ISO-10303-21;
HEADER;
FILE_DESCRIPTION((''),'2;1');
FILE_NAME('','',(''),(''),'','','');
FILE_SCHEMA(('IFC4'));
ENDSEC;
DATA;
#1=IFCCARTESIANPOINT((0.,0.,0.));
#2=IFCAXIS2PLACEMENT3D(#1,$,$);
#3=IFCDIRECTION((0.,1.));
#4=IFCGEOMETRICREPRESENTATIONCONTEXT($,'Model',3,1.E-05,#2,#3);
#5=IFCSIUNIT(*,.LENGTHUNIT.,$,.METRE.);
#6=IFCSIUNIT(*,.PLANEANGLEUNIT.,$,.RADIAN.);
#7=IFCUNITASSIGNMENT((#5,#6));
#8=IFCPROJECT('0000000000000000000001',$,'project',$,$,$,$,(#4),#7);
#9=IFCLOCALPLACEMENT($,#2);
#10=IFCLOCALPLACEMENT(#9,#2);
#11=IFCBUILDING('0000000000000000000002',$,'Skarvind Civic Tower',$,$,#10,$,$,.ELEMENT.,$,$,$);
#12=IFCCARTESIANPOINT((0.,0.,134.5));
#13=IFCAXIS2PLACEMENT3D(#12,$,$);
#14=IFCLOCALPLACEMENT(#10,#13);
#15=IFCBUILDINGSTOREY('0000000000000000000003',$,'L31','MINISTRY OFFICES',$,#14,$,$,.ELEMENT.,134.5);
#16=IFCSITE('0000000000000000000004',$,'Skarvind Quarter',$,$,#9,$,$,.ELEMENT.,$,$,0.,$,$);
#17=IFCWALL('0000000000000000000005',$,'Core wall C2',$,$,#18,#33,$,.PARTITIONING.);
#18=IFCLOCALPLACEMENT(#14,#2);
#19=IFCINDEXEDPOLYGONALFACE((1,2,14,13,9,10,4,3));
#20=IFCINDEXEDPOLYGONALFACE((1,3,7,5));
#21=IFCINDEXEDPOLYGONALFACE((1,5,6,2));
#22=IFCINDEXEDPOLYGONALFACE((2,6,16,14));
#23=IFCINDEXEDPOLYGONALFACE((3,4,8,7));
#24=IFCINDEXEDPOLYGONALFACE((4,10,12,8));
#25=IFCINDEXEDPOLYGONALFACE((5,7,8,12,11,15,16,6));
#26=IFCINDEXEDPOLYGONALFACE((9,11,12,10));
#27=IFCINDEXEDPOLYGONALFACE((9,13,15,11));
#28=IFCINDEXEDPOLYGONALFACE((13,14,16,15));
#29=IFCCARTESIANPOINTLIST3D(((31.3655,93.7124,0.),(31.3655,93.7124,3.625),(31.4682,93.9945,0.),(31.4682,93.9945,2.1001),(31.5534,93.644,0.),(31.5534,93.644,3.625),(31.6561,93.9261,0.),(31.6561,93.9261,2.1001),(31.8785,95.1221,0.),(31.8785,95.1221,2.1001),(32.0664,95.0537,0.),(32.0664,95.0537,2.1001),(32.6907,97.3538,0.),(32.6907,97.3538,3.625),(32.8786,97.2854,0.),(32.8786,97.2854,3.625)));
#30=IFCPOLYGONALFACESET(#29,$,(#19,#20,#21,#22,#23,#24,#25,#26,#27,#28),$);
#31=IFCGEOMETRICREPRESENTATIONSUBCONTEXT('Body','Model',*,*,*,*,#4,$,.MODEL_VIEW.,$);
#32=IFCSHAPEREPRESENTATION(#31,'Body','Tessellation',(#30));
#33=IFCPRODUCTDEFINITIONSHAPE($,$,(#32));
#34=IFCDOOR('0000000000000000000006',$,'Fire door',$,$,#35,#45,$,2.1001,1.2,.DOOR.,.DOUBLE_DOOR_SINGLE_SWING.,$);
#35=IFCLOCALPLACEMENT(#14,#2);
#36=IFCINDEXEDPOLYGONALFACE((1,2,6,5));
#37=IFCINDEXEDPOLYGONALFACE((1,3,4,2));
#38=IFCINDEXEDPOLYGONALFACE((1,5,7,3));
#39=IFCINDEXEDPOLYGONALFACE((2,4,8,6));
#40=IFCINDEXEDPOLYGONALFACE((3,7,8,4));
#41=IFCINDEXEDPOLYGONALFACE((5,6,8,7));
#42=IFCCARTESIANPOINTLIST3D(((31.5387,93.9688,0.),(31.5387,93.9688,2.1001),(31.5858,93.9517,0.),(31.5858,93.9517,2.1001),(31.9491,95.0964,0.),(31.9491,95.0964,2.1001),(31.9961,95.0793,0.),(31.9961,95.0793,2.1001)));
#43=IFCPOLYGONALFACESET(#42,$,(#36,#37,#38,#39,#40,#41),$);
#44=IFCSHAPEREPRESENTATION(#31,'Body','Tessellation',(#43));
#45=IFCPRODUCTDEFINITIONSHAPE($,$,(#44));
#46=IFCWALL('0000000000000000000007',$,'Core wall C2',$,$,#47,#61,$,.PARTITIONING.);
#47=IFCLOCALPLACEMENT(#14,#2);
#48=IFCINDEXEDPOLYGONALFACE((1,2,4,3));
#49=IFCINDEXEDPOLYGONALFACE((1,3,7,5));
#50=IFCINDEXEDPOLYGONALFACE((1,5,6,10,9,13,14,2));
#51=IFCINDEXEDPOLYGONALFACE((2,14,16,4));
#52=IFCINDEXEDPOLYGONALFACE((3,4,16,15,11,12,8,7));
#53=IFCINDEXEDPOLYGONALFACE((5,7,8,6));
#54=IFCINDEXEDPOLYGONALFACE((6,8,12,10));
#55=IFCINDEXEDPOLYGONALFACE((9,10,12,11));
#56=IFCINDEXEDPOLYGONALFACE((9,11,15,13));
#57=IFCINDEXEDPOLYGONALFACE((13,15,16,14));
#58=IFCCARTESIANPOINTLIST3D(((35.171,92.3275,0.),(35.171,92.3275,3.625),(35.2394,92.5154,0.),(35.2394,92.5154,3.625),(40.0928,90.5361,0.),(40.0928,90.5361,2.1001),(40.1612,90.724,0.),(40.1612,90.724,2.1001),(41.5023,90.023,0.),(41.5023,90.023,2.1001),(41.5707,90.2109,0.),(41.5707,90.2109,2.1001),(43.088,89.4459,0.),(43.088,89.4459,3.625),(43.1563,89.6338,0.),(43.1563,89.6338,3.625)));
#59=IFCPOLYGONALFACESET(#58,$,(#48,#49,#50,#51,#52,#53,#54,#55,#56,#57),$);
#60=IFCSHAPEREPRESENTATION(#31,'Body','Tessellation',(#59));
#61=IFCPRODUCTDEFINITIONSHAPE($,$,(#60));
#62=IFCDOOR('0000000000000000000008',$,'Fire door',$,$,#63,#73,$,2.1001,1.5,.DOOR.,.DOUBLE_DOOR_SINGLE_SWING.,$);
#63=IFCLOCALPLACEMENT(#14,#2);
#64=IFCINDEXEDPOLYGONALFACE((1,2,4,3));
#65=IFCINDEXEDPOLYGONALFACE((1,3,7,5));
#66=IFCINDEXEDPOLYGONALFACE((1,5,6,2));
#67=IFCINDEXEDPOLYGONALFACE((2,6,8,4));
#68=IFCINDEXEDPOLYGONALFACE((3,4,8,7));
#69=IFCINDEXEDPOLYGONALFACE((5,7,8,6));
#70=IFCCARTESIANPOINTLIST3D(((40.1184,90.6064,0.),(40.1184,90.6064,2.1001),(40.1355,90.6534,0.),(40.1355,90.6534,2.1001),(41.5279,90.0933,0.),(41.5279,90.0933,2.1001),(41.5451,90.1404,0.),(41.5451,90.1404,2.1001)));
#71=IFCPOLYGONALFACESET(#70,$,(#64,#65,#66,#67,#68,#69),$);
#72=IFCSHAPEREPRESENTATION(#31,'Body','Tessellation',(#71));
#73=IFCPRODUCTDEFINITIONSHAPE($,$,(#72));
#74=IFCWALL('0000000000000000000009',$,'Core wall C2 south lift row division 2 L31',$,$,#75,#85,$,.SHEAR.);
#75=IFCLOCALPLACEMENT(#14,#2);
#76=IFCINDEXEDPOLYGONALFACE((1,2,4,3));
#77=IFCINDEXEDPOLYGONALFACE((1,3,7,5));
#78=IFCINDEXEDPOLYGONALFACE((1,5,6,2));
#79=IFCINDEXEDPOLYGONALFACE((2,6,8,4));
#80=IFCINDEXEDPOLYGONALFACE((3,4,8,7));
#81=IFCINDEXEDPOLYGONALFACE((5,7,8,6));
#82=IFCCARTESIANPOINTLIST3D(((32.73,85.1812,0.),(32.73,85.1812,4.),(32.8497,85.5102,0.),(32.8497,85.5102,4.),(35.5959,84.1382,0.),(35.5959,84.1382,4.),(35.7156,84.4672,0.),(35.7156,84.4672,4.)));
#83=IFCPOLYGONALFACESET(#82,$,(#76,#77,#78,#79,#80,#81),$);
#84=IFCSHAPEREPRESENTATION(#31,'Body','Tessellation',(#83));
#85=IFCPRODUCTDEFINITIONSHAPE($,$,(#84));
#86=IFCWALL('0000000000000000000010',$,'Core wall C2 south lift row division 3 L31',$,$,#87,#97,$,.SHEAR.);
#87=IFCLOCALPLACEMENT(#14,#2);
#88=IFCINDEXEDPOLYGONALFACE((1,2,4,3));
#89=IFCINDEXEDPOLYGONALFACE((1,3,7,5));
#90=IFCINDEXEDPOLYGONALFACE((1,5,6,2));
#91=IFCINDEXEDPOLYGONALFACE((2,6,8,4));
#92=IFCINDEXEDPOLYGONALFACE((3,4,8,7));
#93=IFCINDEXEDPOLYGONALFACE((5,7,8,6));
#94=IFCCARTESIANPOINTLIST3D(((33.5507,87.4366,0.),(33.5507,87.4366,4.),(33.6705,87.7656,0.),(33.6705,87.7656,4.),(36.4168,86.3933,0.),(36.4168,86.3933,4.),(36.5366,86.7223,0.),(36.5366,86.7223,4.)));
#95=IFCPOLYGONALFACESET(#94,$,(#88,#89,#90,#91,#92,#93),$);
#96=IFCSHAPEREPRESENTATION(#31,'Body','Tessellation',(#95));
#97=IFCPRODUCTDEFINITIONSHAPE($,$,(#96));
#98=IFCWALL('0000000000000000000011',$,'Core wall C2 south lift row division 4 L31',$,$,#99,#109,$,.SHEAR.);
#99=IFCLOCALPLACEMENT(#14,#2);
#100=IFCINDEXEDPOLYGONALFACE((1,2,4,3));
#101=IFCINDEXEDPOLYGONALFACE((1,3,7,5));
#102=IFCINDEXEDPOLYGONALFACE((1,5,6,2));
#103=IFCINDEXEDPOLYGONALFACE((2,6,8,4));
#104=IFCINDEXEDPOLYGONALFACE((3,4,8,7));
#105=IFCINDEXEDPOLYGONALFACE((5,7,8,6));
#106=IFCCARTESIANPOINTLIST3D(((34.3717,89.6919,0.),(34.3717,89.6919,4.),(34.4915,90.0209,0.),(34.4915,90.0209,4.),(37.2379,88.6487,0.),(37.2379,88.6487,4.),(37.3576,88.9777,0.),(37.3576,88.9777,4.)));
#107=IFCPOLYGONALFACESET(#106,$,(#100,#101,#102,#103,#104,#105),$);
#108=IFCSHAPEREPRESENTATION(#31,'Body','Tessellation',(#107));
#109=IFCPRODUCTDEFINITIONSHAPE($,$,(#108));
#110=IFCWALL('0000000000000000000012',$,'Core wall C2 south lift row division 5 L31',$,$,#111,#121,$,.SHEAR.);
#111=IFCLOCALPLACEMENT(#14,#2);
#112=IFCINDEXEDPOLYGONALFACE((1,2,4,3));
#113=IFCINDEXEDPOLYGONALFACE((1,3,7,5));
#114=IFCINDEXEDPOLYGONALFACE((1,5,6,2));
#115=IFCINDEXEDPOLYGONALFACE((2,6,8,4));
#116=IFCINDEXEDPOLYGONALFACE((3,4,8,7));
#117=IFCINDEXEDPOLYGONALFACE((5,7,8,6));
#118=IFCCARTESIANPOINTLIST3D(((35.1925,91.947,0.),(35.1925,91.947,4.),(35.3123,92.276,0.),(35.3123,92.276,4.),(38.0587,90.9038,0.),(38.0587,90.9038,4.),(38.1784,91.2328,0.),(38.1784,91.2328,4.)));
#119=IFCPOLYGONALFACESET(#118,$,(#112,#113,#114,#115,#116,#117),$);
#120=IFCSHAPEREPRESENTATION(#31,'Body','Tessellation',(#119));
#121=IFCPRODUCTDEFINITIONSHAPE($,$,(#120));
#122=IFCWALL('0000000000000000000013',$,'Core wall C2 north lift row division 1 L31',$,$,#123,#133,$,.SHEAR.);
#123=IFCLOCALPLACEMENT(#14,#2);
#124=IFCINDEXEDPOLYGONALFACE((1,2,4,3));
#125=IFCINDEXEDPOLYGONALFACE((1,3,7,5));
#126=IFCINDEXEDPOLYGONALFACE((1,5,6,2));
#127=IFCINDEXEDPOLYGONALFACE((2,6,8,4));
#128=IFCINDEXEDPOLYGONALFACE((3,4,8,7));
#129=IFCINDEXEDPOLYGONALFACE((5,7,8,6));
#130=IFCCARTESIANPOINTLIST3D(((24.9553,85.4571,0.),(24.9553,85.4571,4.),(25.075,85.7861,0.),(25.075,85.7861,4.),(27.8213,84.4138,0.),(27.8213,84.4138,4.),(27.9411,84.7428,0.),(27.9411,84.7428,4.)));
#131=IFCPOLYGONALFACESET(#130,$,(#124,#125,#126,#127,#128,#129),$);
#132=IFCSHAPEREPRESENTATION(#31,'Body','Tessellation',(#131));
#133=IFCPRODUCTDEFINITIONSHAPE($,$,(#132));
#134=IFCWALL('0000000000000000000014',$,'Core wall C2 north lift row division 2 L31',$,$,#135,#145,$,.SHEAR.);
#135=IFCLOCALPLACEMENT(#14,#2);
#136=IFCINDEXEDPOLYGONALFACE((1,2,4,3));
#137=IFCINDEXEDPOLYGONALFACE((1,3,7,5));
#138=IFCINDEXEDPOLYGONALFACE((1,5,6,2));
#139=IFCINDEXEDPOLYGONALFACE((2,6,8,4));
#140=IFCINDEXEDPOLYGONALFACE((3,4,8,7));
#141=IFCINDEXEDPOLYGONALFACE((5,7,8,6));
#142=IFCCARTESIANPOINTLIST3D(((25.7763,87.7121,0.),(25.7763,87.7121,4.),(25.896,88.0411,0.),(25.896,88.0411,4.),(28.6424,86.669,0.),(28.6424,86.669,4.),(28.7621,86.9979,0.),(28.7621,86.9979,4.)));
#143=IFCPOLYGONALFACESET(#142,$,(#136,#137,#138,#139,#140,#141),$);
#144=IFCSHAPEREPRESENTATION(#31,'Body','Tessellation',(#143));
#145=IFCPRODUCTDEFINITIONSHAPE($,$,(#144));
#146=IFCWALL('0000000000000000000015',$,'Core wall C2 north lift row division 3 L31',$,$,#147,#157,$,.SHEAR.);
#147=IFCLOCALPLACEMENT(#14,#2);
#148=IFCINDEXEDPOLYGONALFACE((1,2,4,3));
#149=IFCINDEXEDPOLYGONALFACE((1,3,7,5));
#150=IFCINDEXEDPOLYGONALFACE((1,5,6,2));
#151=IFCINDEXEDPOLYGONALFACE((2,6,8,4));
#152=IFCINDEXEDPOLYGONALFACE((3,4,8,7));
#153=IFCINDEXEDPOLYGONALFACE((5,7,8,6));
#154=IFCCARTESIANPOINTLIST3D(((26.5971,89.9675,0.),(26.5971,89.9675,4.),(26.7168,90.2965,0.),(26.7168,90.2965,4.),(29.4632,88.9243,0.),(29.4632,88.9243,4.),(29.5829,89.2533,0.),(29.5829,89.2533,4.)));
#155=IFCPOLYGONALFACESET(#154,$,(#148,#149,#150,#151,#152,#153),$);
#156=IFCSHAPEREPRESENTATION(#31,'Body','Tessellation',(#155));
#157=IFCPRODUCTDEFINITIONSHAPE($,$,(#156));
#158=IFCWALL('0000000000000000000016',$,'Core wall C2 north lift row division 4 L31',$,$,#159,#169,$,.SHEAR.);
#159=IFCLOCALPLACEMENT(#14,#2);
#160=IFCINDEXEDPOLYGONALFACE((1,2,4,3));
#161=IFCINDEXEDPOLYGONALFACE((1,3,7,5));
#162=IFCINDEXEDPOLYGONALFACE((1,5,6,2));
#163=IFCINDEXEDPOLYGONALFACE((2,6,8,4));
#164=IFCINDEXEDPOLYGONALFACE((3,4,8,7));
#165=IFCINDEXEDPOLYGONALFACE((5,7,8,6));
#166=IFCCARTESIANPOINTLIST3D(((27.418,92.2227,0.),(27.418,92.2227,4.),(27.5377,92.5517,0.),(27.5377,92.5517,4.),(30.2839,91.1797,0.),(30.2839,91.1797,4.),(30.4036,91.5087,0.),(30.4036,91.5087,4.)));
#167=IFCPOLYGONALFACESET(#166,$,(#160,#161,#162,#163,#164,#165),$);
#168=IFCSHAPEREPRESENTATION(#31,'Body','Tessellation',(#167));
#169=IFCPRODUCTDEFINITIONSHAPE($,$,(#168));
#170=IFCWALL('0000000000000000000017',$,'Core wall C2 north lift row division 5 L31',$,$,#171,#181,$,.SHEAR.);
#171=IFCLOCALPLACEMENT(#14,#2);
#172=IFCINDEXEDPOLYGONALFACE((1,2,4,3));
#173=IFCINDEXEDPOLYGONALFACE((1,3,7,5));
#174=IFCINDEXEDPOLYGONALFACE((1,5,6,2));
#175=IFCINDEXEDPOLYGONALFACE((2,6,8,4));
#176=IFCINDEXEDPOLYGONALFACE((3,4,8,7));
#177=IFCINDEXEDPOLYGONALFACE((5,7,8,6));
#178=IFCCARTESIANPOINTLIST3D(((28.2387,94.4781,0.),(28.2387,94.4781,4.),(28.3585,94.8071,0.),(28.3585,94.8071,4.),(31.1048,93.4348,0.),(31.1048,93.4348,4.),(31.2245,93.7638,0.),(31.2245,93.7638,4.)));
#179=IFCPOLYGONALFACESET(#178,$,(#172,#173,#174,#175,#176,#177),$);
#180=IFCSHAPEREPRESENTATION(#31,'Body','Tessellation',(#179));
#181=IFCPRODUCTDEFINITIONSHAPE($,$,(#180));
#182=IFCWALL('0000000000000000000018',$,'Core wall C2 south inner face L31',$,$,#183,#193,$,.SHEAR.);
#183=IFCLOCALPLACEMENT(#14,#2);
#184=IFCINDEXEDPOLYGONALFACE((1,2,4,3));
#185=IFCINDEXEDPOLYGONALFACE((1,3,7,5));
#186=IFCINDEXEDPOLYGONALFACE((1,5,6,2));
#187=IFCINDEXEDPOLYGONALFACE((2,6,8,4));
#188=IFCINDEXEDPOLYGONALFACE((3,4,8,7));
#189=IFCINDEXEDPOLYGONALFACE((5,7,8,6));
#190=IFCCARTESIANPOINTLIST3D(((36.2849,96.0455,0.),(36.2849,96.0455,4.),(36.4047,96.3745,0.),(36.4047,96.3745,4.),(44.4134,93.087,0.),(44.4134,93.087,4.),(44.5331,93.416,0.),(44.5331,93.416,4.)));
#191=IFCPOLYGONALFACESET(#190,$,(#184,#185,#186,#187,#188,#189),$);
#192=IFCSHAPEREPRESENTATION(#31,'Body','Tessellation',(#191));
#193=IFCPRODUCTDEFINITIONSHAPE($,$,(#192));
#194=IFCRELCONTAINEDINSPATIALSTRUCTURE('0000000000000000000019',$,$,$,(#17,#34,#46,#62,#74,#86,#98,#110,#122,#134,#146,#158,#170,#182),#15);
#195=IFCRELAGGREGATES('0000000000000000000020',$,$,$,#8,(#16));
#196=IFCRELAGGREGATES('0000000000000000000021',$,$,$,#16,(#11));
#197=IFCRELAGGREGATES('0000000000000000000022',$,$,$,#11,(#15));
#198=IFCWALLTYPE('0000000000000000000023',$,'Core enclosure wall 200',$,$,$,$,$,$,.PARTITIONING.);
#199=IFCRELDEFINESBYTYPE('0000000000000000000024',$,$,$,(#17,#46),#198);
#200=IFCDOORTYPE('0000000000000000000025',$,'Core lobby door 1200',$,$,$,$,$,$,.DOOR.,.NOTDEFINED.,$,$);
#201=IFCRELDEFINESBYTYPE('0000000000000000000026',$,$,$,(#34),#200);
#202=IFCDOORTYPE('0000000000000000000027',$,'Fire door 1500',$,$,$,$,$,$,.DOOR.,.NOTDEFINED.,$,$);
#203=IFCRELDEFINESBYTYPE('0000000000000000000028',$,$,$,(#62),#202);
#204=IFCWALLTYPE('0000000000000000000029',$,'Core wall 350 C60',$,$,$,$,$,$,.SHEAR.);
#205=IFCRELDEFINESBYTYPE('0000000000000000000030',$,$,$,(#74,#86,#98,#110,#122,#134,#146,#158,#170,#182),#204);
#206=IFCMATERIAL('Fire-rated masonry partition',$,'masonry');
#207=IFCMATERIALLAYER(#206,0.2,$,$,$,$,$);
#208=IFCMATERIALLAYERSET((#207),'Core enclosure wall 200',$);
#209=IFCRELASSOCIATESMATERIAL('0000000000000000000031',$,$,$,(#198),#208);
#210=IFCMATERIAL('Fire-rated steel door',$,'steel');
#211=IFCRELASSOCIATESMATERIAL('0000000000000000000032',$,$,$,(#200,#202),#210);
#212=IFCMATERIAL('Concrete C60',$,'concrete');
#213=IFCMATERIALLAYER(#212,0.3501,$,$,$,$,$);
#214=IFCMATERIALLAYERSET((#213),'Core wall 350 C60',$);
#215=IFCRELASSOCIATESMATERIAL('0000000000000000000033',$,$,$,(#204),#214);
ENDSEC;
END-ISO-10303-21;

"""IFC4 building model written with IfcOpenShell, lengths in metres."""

from ifc_helpers import new_model, si_unit, direction, frame, frame_2d, origin, place, context, subcontext, project, spatial, rectangle, extrude, material, layer, layer_set, type_object, element, fill, save


model = new_model("IFC4")

# Units and contexts
model_context = context("Model", 3, precision=1e-05, world=origin(), true_north=direction((0.0, 1.0)))
body_context = subcontext(model_context, "Body", "Model", "MODEL_VIEW")
ifc_project = project(units=[si_unit("LENGTHUNIT", "METRE"), si_unit("PLANEANGLEUNIT", "RADIAN")], contexts=[model_context])

# Site, building, storey
site_placement = place(None, origin())
site = spatial("IfcSite", under=ifc_project, at=site_placement, Name="Skarvind Quarter", CompositionType="ELEMENT", RefElevation=0.0)
building_placement = place(site_placement, origin())
building = spatial("IfcBuilding", under=site, at=building_placement, Name="Skarvind Civic Tower", CompositionType="ELEMENT")
storey_placement = place(building_placement, frame((0.0, 0.0, 134.5)))
storey = spatial("IfcBuildingStorey", under=building, at=storey_placement, Name="L31", Description="MINISTRY OFFICES", CompositionType="ELEMENT", Elevation=134.5)

# Walls, openings, doors
ifc_material_1 = material(Name="Fire-rated masonry partition", Category="masonry")
ifc_layer_1 = layer(ifc_material_1, 0.2)
ifc_layer_set_1 = layer_set([ifc_layer_1], Name="Core enclosure wall 200")
wall_type_1 = type_object("IfcWallType", Name="Core enclosure wall 200", PredefinedType="PARTITIONING", material=ifc_layer_set_1)
wall_1_placement = place(storey_placement, frame((31.4595, 93.6782, 0.0), z_axis=(0.0, 0.0, 1.0), x_axis=(0.341986, 0.939705, 0.0)))
wall_1 = element("IfcWall", 1, at=wall_1_placement, inside=storey, type_object=wall_type_1, Name="Core wall C2", PredefinedType="PARTITIONING", context=body_context, shape_type="SweptSolid", body=[
    extrude(rectangle(XDim=3.875, YDim=0.2, at=frame_2d((1.9375, 0.0))), origin(), (0.0, 0.0, 1.0), 3.625),
])
opening_1_placement = place(wall_1_placement, frame((0.3, 0.0, 0.0)))
opening_1 = element("IfcOpeningElement", 2, at=opening_1_placement, cuts=wall_1, PredefinedType="OPENING", context=body_context, shape_type="SweptSolid", body=[
    extrude(rectangle(XDim=1.2, YDim=2.1001, at=frame_2d((0.6001, 1.05))), frame((0.0, 0.1099, 0.0), z_axis=(0.0, -1.0, 0.0), x_axis=(1.0, 0.0, 0.0)), (0.0, 0.0, 1.0), 0.22),
])
ifc_material_2 = material(Name="Fire-rated steel door", Category="steel")
door_type_1 = type_object("IfcDoorType", Name="Core lobby door 1200", OperationType="NOTDEFINED", PredefinedType="DOOR", material=ifc_material_2)
door_1_placement = place(opening_1_placement, origin())
door_1 = element("IfcDoor", 3, at=door_1_placement, inside=storey, type_object=door_type_1, Name="Fire door", OperationType="DOUBLE_DOOR_SINGLE_SWING", OverallHeight=2.1001, OverallWidth=1.2, PredefinedType="DOOR", context=body_context, shape_type="SweptSolid", body=[
    extrude(rectangle(XDim=1.2, YDim=2.1001, at=frame_2d((0.6001, 1.05))), frame((0.0, 0.0249, 0.0), z_axis=(0.0, -1.0, 0.0), x_axis=(1.0, 0.0, 0.0)), (0.0, 0.0, 1.0), 0.05),
])
fill(opening_1, door_1)
wall_2_placement = place(storey_placement, frame((35.2053, 92.4214, 0.0), z_axis=(0.0, 0.0, 1.0), x_axis=(0.939691, -0.342025, 0.0)))
wall_2 = element("IfcWall", 4, at=wall_2_placement, inside=storey, type_object=wall_type_1, Name="Core wall C2", PredefinedType="PARTITIONING", context=body_context, shape_type="SweptSolid", body=[
    extrude(rectangle(XDim=8.425, YDim=0.2, at=frame_2d((4.2124, 0.0))), origin(), (0.0, 0.0, 1.0), 3.625),
])
opening_2_placement = place(wall_2_placement, frame((5.2375, 0.0, 0.0)))
opening_2 = element("IfcOpeningElement", 5, at=opening_2_placement, cuts=wall_2, PredefinedType="OPENING", context=body_context, shape_type="SweptSolid", body=[
    extrude(rectangle(XDim=1.5, YDim=2.1001, at=frame_2d((0.75, 1.05))), frame((0.0, 0.1099, 0.0), z_axis=(0.0, -1.0, 0.0), x_axis=(1.0, 0.0, 0.0)), (0.0, 0.0, 1.0), 0.22),
])
door_type_2 = type_object("IfcDoorType", Name="Fire door 1500", OperationType="NOTDEFINED", PredefinedType="DOOR", material=ifc_material_2)
door_2_placement = place(opening_2_placement, origin())
door_2 = element("IfcDoor", 6, at=door_2_placement, inside=storey, type_object=door_type_2, Name="Fire door", OperationType="DOUBLE_DOOR_SINGLE_SWING", OverallHeight=2.1001, OverallWidth=1.5, PredefinedType="DOOR", context=body_context, shape_type="SweptSolid", body=[
    extrude(rectangle(XDim=1.5, YDim=2.1001, at=frame_2d((0.75, 1.05))), frame((0.0, 0.0249, 0.0), z_axis=(0.0, -1.0, 0.0), x_axis=(1.0, 0.0, 0.0)), (0.0, 0.0, 1.0), 0.05),
])
fill(opening_2, door_2)

# Walls
ifc_material_3 = material(Name="Concrete C60", Category="concrete")
ifc_layer_2 = layer(ifc_material_3, 0.3501)
ifc_layer_set_2 = layer_set([ifc_layer_2], Name="Core wall 350 C60")
wall_type_2 = type_object("IfcWallType", Name="Core wall 350 C60", PredefinedType="SHEAR", material=ifc_layer_set_2)
wall_3_placement = place(storey_placement, frame((35.6558, 84.3027, 0.0), z_axis=(0.0, 0.0, 1.0), x_axis=(-0.939709, 0.341974, 0.0)))
element("IfcWall", 7, at=wall_3_placement, inside=storey, type_object=wall_type_2, Name="Core wall C2 south lift row division 2 L31", PredefinedType="SHEAR", context=body_context, shape_type="SweptSolid", body=[
    extrude(rectangle(XDim=3.0498, YDim=0.3501, at=frame_2d((1.5249, 0.0))), origin(), (0.0, 0.0, 1.0), 4.0),
])
for number, where, z_axis, x_axis, name in (
    (8, (36.4766, 86.5579, 0.0), (0.0, 0.0, 1.0), (-0.939684, 0.342045, 0.0), "Core wall C2 south lift row division 3 L31"),
    (9, (37.2976, 88.8132, 0.0), (0.0, 0.0, 1.0), (-0.939693, 0.342019, 0.0), "Core wall C2 south lift row division 4 L31"),
    (10, (38.1184, 91.0684, 0.0), (0.0, 0.0, 1.0), (-0.939693, 0.342019, 0.0), "Core wall C2 south lift row division 5 L31"),
    (11, (27.8811, 84.5784, 0.0), (0.0, 0.0, 1.0), (-0.939684, 0.342045, 0.0), "Core wall C2 north lift row division 1 L31"),
    (12, (28.7021, 86.8335, 0.0), (0.0, 0.0, 1.0), (-0.939693, 0.342019, 0.0), "Core wall C2 north lift row division 2 L31"),
    (13, (29.5229, 89.0889, 0.0), (0.0, 0.0, 1.0), (-0.939693, 0.342019, 0.0), "Core wall C2 north lift row division 3 L31"),
):
    element("IfcWall", number, at=place(storey_placement, frame(where, z_axis=z_axis, x_axis=x_axis)), inside=storey, type_object=wall_type_2, Name=name, PredefinedType="SHEAR", context=body_context, shape_type="SweptSolid", body=[
        extrude(rectangle(XDim=3.05, YDim=0.3501, at=frame_2d((1.5249, 0.0))), origin(), (0.0, 0.0, 1.0), 4.0),
    ])
wall_4_placement = place(storey_placement, frame((30.3438, 91.3442, 0.0), z_axis=(0.0, 0.0, 1.0), x_axis=(-0.939709, 0.341974, 0.0)))
element("IfcWall", 14, at=wall_4_placement, inside=storey, type_object=wall_type_2, Name="Core wall C2 north lift row division 4 L31", PredefinedType="SHEAR", context=body_context, shape_type="SweptSolid", body=[
    extrude(rectangle(XDim=3.0498, YDim=0.3501, at=frame_2d((1.5249, 0.0))), origin(), (0.0, 0.0, 1.0), 4.0),
])
wall_5_placement = place(storey_placement, frame((31.1646, 93.5994, 0.0), z_axis=(0.0, 0.0, 1.0), x_axis=(-0.939684, 0.342045, 0.0)))
element("IfcWall", 15, at=wall_5_placement, inside=storey, type_object=wall_type_2, Name="Core wall C2 north lift row division 5 L31", PredefinedType="SHEAR", context=body_context, shape_type="SweptSolid", body=[
    extrude(rectangle(XDim=3.05, YDim=0.3501, at=frame_2d((1.5249, 0.0))), origin(), (0.0, 0.0, 1.0), 4.0),
])
wall_6_placement = place(storey_placement, frame((44.4734, 93.2515, 0.0), z_axis=(0.0, 0.0, 1.0), x_axis=(-0.939693, 0.34202, 0.0)))
element("IfcWall", 16, at=wall_6_placement, inside=storey, type_object=wall_type_2, Name="Core wall C2 south inner face L31", PredefinedType="SHEAR", context=body_context, shape_type="SweptSolid", body=[
    extrude(rectangle(XDim=8.6501, YDim=0.3501, at=frame_2d((4.3252, 0.0))), origin(), (0.0, 0.0, 1.0), 4.0),
])

save(model, "model.ifc")
